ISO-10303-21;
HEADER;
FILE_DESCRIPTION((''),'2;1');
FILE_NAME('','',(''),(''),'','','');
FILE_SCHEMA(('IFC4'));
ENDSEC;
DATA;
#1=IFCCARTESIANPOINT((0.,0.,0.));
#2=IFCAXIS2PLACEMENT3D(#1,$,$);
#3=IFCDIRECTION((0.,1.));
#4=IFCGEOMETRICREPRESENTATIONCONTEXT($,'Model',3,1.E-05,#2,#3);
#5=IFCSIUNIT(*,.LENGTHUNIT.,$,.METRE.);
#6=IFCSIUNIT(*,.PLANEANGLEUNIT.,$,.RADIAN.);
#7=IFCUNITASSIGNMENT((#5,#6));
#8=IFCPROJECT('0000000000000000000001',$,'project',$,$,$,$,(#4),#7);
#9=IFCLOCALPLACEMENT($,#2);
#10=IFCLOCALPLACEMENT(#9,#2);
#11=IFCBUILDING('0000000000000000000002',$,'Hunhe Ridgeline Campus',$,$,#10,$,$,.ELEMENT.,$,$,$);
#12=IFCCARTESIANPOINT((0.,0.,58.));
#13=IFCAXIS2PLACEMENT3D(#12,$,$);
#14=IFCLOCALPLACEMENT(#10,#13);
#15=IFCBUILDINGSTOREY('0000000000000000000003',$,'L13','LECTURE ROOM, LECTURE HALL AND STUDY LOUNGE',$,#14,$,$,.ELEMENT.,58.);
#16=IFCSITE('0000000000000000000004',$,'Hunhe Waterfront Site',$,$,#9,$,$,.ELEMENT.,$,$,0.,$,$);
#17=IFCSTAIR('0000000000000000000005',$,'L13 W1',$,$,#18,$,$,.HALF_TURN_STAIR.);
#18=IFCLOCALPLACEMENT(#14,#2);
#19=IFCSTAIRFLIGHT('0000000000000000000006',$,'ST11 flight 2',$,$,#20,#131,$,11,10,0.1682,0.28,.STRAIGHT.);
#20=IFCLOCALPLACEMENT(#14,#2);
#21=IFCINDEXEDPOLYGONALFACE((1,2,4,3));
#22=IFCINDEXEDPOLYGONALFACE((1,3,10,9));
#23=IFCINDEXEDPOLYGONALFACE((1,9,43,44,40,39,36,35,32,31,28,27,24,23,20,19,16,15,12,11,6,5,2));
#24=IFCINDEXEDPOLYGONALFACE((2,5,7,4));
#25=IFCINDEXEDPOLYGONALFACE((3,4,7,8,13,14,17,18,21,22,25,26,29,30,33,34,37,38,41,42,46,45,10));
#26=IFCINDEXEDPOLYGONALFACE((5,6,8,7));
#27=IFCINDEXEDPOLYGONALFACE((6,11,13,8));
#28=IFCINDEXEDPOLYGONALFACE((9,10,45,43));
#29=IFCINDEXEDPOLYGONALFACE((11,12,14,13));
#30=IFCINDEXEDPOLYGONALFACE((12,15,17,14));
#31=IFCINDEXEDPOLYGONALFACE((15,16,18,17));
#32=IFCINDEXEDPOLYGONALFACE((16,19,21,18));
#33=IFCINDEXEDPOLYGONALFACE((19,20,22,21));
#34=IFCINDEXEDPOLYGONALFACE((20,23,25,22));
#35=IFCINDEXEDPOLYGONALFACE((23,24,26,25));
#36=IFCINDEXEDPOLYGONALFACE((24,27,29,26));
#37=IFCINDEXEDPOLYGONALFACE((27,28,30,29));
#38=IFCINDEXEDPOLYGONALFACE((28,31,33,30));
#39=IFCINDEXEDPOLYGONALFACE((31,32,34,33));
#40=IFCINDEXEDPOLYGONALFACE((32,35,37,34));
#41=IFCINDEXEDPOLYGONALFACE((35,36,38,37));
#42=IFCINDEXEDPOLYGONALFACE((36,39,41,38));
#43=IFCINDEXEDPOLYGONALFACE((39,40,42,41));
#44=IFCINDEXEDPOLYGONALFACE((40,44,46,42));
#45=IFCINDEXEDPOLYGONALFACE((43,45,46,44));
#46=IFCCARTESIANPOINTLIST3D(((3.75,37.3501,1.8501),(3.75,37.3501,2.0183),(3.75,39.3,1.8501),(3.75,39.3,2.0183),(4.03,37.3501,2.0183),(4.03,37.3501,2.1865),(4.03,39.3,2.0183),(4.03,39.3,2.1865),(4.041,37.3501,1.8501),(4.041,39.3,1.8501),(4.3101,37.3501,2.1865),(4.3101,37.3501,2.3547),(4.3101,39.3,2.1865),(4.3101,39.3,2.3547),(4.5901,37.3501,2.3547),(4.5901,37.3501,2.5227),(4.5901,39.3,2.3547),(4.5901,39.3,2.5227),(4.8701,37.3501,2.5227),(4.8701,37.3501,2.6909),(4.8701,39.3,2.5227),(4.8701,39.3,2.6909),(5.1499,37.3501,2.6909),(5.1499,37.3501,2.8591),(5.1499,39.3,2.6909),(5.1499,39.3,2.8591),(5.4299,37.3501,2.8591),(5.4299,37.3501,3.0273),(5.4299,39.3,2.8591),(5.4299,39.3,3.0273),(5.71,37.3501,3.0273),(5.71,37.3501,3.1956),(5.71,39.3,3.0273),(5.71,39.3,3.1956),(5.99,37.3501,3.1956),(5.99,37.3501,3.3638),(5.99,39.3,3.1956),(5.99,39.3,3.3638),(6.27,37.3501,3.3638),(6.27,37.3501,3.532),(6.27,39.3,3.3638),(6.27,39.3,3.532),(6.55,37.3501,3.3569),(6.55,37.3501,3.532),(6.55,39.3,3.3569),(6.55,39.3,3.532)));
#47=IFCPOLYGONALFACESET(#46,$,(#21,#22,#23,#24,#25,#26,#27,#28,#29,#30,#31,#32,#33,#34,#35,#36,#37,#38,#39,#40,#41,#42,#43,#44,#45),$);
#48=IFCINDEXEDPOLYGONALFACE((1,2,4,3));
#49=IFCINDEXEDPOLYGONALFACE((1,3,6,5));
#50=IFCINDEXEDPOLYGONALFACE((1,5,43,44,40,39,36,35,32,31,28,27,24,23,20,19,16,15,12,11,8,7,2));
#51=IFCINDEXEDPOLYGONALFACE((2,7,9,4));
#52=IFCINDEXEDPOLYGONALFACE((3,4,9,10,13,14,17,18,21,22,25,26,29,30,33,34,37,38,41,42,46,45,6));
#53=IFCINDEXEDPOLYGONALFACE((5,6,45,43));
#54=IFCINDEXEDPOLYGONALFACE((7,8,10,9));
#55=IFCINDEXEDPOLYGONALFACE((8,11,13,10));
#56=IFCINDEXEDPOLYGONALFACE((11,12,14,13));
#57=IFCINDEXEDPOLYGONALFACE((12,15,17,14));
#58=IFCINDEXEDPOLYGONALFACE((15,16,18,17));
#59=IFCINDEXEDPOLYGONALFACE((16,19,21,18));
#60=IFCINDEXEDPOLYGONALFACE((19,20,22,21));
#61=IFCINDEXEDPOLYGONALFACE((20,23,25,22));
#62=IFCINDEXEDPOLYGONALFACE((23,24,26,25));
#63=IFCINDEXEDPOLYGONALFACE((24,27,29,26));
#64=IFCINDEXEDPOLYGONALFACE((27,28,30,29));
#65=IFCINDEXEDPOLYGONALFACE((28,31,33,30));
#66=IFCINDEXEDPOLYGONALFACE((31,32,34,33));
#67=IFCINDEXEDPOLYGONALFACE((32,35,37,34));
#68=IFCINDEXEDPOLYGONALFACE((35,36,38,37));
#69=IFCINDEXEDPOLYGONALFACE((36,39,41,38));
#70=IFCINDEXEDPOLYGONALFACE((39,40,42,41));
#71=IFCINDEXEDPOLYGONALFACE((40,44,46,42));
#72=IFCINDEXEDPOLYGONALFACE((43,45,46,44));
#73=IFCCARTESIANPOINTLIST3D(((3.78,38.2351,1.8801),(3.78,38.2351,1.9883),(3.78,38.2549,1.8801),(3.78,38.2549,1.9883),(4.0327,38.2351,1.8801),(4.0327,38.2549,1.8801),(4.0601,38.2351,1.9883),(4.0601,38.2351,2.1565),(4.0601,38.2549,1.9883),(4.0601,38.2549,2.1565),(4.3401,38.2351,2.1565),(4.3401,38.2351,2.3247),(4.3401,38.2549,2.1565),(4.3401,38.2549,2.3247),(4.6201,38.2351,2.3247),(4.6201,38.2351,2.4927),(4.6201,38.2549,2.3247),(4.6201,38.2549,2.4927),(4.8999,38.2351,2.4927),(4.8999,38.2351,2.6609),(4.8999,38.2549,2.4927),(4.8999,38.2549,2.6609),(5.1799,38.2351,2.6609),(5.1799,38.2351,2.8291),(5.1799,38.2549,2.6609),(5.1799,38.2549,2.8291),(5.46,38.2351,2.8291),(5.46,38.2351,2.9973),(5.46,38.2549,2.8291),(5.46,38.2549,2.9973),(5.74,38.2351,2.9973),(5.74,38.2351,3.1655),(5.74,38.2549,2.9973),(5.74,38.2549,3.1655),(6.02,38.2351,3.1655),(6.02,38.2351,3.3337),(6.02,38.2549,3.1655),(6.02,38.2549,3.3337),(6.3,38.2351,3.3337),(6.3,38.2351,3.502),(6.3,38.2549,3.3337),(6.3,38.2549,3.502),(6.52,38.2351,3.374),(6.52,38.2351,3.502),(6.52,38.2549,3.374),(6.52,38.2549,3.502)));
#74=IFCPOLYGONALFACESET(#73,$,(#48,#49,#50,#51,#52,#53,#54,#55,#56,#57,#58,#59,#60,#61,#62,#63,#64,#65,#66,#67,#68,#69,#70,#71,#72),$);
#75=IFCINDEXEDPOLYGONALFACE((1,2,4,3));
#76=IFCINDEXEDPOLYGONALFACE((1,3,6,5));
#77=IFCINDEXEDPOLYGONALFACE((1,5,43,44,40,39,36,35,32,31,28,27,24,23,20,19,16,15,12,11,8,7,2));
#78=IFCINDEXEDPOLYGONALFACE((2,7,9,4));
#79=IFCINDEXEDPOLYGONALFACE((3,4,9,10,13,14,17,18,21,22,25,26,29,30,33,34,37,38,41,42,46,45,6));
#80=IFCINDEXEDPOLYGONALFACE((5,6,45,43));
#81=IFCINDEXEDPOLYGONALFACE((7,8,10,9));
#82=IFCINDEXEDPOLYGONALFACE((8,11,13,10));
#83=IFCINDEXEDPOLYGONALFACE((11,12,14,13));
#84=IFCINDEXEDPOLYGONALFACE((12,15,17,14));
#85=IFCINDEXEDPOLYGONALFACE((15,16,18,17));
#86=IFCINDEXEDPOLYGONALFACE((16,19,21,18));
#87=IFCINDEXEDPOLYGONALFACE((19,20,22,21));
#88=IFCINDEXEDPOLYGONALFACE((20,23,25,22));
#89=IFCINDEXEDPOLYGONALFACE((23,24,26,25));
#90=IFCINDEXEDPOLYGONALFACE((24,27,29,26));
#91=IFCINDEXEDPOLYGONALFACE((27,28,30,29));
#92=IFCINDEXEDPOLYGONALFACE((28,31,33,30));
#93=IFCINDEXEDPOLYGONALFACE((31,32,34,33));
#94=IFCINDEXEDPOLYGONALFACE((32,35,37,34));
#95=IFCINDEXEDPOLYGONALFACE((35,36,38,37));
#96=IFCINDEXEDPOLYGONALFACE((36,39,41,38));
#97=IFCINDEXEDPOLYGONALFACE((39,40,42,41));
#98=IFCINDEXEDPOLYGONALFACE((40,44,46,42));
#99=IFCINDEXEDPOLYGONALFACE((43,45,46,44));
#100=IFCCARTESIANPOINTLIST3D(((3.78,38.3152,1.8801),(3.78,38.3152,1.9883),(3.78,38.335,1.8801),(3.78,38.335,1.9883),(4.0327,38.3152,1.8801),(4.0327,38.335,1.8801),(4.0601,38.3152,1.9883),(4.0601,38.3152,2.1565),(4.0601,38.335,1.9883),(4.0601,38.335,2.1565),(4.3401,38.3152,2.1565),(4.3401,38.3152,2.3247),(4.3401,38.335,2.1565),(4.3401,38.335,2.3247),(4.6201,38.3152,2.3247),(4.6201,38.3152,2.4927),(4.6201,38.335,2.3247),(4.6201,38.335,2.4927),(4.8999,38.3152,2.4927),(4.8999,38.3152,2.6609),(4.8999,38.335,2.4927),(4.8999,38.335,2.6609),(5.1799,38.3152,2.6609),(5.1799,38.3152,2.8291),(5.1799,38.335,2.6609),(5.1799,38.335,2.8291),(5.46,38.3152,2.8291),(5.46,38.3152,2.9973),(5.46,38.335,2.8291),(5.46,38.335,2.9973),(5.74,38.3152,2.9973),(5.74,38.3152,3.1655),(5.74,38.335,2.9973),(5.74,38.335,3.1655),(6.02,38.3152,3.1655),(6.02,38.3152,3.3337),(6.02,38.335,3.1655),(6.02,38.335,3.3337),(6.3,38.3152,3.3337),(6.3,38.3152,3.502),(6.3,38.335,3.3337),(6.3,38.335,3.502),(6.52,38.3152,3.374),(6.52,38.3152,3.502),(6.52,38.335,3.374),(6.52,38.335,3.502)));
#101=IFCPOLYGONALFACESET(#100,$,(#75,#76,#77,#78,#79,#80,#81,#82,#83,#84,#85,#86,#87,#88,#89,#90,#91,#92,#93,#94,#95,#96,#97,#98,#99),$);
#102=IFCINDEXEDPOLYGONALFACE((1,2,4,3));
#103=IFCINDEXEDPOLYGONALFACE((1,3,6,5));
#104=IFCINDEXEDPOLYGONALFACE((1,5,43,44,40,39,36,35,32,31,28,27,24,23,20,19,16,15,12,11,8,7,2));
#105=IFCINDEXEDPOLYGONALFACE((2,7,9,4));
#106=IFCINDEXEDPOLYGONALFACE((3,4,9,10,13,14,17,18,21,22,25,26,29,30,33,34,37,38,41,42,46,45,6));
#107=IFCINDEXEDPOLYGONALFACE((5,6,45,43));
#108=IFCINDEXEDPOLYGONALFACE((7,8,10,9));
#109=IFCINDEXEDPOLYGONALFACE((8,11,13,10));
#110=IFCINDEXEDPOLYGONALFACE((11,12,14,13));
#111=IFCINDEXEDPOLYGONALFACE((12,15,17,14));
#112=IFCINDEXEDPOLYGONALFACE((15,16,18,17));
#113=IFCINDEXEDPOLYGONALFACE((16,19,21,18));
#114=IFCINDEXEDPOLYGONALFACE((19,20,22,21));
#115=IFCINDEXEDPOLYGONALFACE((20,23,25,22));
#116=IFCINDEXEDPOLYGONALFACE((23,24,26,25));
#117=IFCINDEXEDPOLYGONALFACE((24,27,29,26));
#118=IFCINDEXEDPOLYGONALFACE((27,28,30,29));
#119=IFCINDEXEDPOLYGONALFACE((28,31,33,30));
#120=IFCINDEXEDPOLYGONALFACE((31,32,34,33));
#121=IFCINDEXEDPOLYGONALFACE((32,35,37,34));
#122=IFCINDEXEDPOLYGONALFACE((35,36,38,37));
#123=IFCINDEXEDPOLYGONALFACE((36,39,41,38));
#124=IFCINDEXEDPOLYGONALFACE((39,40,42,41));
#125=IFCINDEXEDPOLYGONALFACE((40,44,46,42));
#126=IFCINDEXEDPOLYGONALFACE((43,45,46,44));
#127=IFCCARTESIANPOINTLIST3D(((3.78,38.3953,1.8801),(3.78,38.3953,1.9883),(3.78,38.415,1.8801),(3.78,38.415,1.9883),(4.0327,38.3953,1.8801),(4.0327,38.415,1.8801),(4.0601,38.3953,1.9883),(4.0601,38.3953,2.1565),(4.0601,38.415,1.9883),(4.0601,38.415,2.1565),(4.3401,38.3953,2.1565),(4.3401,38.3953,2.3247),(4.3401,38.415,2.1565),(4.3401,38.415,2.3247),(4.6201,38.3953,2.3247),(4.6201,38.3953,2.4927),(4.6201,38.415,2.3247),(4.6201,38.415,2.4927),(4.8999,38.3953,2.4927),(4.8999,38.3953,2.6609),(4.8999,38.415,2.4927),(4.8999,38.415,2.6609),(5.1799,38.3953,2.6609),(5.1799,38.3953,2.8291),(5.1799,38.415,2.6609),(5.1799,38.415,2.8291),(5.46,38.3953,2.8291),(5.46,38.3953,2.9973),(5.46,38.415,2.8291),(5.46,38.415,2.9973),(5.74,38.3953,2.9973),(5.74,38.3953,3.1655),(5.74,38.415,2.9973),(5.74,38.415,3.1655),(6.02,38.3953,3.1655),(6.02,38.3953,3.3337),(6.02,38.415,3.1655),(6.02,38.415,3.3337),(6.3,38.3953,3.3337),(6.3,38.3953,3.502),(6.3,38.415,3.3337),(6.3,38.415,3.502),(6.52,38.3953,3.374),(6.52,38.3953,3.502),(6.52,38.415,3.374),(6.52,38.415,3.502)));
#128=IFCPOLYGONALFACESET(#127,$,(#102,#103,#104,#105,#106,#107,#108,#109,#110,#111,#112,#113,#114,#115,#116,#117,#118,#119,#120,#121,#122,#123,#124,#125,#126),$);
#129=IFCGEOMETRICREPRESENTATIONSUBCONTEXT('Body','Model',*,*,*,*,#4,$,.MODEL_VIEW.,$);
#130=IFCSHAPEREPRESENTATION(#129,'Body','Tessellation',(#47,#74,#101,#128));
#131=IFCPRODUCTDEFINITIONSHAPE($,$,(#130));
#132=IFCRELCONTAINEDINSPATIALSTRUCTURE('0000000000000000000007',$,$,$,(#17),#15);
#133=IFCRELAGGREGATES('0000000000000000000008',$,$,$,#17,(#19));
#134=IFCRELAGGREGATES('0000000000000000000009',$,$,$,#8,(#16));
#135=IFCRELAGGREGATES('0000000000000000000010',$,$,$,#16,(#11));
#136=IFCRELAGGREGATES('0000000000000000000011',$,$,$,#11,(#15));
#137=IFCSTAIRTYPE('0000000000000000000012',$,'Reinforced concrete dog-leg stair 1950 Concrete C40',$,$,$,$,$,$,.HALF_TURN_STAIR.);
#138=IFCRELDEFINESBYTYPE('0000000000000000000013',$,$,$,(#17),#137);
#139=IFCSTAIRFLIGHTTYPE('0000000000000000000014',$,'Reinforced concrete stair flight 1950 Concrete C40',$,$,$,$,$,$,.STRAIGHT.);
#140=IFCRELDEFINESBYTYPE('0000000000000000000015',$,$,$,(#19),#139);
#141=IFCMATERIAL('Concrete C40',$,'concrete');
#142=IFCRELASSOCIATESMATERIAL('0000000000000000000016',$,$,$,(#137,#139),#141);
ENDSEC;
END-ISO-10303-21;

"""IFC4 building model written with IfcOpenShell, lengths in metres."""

from ifc_helpers import new_model, si_unit, direction, frame, origin, place, context, subcontext, project, spatial, polyline, outline, extrude, material, type_object, element, aggregate, save


model = new_model("IFC4")

# Units and contexts
model_context = context("Model", 3, precision=1e-05, world=origin(), true_north=direction((0.0, 1.0)))
body_context = subcontext(model_context, "Body", "Model", "MODEL_VIEW")
ifc_project = project(units=[si_unit("LENGTHUNIT", "METRE"), si_unit("PLANEANGLEUNIT", "RADIAN")], contexts=[model_context])

# Site, building, storey
site_placement = place(None, origin())
site = spatial("IfcSite", under=ifc_project, at=site_placement, Name="Hunhe Waterfront Site", CompositionType="ELEMENT", RefElevation=0.0)
building_placement = place(site_placement, origin())
building = spatial("IfcBuilding", under=site, at=building_placement, Name="Hunhe Ridgeline Campus", CompositionType="ELEMENT")
storey_placement = place(building_placement, frame((0.0, 0.0, 58.0)))
storey = spatial("IfcBuildingStorey", under=building, at=storey_placement, Name="L13", Description="LECTURE ROOM, LECTURE HALL AND STUDY LOUNGE", CompositionType="ELEMENT", Elevation=58.0)

# Stair, stair flight
ifc_material_1 = material(Name="Concrete C40", Category="concrete")
stair_type = type_object("IfcStairType", Name="Reinforced concrete dog-leg stair 1950 Concrete C40", PredefinedType="HALF_TURN_STAIR", material=ifc_material_1)
stair_placement = place(storey_placement, origin())
stair = element("IfcStair", 1, at=stair_placement, inside=storey, type_object=stair_type, Name="L13 W1", PredefinedType="HALF_TURN_STAIR")
stair_flight_type = type_object("IfcStairFlightType", Name="Reinforced concrete stair flight 1950 Concrete C40", PredefinedType="STRAIGHT", material=ifc_material_1)
stair_flight_1_placement = place(storey_placement, frame((3.75, 38.325, 1.8501), z_axis=(0.0, 0.0, 1.0), x_axis=(1.0, 0.0, 0.0)))
stair_flight_1 = element("IfcStairFlight", 2, at=stair_flight_1_placement, type_object=stair_flight_type, Name="ST11 flight 2", NumberOfRisers=11, NumberOfTreads=10, PredefinedType="STRAIGHT", RiserHeight=0.1682, TreadLength=0.28, context=body_context, shape_type="SweptSolid", body=[
    extrude(outline(polyline([(0.0, 0.0), (0.0, 0.1682), (0.28, 0.1682), (0.28, 0.3364), (0.5601, 0.3364), (0.5601, 0.5046), (0.8401, 0.5046), (0.8401, 0.6726), (1.1201, 0.6726), (1.1201, 0.8408), (1.3999, 0.8408), (1.3999, 1.009), (1.6799, 1.009), (1.6799, 1.1772), (1.96, 1.1772), (1.96, 1.3455), (2.24, 1.3455), (2.24, 1.5137), (2.52, 1.5137), (2.52, 1.6819), (2.8, 1.6819), (2.8, 1.8501), (2.8, 1.5068), (0.291, 0.0), (0.0, 0.0)])), frame((0.0, 0.9751, 0.0), z_axis=(0.0, -1.0, 0.0), x_axis=(1.0, 0.0, 0.0)), (0.0, 0.0, 1.0), 1.95),
    extrude(outline(polyline([(0.03, 0.03), (0.03, 0.1382), (0.3101, 0.1382), (0.3101, 0.3064), (0.5901, 0.3064), (0.5901, 0.4746), (0.8701, 0.4746), (0.8701, 0.6426), (1.1499, 0.6426), (1.1499, 0.8108), (1.4299, 0.8108), (1.4299, 0.979), (1.71, 0.979), (1.71, 1.1472), (1.99, 1.1472), (1.99, 1.3154), (2.27, 1.3154), (2.27, 1.4836), (2.55, 1.4836), (2.55, 1.6519), (2.77, 1.6519), (2.77, 1.5239), (0.2827, 0.03), (0.03, 0.03)])), frame((0.0, -0.0701, 0.0), z_axis=(0.0, -1.0, 0.0), x_axis=(1.0, 0.0, 0.0)), (0.0, 0.0, 1.0), 0.0198),
    extrude(outline(polyline([(0.03, 0.03), (0.03, 0.1382), (0.3101, 0.1382), (0.3101, 0.3064), (0.5901, 0.3064), (0.5901, 0.4746), (0.8701, 0.4746), (0.8701, 0.6426), (1.1499, 0.6426), (1.1499, 0.8108), (1.4299, 0.8108), (1.4299, 0.979), (1.71, 0.979), (1.71, 1.1472), (1.99, 1.1472), (1.99, 1.3154), (2.27, 1.3154), (2.27, 1.4836), (2.55, 1.4836), (2.55, 1.6519), (2.77, 1.6519), (2.77, 1.5239), (0.2827, 0.03), (0.03, 0.03)])), frame((0.0, 0.01, 0.0), z_axis=(0.0, -1.0, 0.0), x_axis=(1.0, 0.0, 0.0)), (0.0, 0.0, 1.0), 0.0198),
    extrude(outline(polyline([(0.03, 0.03), (0.03, 0.1382), (0.3101, 0.1382), (0.3101, 0.3064), (0.5901, 0.3064), (0.5901, 0.4746), (0.8701, 0.4746), (0.8701, 0.6426), (1.1499, 0.6426), (1.1499, 0.8108), (1.4299, 0.8108), (1.4299, 0.979), (1.71, 0.979), (1.71, 1.1472), (1.99, 1.1472), (1.99, 1.3154), (2.27, 1.3154), (2.27, 1.4836), (2.55, 1.4836), (2.55, 1.6519), (2.77, 1.6519), (2.77, 1.5239), (0.2827, 0.03), (0.03, 0.03)])), frame((0.0, 0.0901, 0.0), z_axis=(0.0, -1.0, 0.0), x_axis=(1.0, 0.0, 0.0)), (0.0, 0.0, 1.0), 0.0198),
])
aggregate(stair, [stair_flight_1])

save(model, "model.ifc")
